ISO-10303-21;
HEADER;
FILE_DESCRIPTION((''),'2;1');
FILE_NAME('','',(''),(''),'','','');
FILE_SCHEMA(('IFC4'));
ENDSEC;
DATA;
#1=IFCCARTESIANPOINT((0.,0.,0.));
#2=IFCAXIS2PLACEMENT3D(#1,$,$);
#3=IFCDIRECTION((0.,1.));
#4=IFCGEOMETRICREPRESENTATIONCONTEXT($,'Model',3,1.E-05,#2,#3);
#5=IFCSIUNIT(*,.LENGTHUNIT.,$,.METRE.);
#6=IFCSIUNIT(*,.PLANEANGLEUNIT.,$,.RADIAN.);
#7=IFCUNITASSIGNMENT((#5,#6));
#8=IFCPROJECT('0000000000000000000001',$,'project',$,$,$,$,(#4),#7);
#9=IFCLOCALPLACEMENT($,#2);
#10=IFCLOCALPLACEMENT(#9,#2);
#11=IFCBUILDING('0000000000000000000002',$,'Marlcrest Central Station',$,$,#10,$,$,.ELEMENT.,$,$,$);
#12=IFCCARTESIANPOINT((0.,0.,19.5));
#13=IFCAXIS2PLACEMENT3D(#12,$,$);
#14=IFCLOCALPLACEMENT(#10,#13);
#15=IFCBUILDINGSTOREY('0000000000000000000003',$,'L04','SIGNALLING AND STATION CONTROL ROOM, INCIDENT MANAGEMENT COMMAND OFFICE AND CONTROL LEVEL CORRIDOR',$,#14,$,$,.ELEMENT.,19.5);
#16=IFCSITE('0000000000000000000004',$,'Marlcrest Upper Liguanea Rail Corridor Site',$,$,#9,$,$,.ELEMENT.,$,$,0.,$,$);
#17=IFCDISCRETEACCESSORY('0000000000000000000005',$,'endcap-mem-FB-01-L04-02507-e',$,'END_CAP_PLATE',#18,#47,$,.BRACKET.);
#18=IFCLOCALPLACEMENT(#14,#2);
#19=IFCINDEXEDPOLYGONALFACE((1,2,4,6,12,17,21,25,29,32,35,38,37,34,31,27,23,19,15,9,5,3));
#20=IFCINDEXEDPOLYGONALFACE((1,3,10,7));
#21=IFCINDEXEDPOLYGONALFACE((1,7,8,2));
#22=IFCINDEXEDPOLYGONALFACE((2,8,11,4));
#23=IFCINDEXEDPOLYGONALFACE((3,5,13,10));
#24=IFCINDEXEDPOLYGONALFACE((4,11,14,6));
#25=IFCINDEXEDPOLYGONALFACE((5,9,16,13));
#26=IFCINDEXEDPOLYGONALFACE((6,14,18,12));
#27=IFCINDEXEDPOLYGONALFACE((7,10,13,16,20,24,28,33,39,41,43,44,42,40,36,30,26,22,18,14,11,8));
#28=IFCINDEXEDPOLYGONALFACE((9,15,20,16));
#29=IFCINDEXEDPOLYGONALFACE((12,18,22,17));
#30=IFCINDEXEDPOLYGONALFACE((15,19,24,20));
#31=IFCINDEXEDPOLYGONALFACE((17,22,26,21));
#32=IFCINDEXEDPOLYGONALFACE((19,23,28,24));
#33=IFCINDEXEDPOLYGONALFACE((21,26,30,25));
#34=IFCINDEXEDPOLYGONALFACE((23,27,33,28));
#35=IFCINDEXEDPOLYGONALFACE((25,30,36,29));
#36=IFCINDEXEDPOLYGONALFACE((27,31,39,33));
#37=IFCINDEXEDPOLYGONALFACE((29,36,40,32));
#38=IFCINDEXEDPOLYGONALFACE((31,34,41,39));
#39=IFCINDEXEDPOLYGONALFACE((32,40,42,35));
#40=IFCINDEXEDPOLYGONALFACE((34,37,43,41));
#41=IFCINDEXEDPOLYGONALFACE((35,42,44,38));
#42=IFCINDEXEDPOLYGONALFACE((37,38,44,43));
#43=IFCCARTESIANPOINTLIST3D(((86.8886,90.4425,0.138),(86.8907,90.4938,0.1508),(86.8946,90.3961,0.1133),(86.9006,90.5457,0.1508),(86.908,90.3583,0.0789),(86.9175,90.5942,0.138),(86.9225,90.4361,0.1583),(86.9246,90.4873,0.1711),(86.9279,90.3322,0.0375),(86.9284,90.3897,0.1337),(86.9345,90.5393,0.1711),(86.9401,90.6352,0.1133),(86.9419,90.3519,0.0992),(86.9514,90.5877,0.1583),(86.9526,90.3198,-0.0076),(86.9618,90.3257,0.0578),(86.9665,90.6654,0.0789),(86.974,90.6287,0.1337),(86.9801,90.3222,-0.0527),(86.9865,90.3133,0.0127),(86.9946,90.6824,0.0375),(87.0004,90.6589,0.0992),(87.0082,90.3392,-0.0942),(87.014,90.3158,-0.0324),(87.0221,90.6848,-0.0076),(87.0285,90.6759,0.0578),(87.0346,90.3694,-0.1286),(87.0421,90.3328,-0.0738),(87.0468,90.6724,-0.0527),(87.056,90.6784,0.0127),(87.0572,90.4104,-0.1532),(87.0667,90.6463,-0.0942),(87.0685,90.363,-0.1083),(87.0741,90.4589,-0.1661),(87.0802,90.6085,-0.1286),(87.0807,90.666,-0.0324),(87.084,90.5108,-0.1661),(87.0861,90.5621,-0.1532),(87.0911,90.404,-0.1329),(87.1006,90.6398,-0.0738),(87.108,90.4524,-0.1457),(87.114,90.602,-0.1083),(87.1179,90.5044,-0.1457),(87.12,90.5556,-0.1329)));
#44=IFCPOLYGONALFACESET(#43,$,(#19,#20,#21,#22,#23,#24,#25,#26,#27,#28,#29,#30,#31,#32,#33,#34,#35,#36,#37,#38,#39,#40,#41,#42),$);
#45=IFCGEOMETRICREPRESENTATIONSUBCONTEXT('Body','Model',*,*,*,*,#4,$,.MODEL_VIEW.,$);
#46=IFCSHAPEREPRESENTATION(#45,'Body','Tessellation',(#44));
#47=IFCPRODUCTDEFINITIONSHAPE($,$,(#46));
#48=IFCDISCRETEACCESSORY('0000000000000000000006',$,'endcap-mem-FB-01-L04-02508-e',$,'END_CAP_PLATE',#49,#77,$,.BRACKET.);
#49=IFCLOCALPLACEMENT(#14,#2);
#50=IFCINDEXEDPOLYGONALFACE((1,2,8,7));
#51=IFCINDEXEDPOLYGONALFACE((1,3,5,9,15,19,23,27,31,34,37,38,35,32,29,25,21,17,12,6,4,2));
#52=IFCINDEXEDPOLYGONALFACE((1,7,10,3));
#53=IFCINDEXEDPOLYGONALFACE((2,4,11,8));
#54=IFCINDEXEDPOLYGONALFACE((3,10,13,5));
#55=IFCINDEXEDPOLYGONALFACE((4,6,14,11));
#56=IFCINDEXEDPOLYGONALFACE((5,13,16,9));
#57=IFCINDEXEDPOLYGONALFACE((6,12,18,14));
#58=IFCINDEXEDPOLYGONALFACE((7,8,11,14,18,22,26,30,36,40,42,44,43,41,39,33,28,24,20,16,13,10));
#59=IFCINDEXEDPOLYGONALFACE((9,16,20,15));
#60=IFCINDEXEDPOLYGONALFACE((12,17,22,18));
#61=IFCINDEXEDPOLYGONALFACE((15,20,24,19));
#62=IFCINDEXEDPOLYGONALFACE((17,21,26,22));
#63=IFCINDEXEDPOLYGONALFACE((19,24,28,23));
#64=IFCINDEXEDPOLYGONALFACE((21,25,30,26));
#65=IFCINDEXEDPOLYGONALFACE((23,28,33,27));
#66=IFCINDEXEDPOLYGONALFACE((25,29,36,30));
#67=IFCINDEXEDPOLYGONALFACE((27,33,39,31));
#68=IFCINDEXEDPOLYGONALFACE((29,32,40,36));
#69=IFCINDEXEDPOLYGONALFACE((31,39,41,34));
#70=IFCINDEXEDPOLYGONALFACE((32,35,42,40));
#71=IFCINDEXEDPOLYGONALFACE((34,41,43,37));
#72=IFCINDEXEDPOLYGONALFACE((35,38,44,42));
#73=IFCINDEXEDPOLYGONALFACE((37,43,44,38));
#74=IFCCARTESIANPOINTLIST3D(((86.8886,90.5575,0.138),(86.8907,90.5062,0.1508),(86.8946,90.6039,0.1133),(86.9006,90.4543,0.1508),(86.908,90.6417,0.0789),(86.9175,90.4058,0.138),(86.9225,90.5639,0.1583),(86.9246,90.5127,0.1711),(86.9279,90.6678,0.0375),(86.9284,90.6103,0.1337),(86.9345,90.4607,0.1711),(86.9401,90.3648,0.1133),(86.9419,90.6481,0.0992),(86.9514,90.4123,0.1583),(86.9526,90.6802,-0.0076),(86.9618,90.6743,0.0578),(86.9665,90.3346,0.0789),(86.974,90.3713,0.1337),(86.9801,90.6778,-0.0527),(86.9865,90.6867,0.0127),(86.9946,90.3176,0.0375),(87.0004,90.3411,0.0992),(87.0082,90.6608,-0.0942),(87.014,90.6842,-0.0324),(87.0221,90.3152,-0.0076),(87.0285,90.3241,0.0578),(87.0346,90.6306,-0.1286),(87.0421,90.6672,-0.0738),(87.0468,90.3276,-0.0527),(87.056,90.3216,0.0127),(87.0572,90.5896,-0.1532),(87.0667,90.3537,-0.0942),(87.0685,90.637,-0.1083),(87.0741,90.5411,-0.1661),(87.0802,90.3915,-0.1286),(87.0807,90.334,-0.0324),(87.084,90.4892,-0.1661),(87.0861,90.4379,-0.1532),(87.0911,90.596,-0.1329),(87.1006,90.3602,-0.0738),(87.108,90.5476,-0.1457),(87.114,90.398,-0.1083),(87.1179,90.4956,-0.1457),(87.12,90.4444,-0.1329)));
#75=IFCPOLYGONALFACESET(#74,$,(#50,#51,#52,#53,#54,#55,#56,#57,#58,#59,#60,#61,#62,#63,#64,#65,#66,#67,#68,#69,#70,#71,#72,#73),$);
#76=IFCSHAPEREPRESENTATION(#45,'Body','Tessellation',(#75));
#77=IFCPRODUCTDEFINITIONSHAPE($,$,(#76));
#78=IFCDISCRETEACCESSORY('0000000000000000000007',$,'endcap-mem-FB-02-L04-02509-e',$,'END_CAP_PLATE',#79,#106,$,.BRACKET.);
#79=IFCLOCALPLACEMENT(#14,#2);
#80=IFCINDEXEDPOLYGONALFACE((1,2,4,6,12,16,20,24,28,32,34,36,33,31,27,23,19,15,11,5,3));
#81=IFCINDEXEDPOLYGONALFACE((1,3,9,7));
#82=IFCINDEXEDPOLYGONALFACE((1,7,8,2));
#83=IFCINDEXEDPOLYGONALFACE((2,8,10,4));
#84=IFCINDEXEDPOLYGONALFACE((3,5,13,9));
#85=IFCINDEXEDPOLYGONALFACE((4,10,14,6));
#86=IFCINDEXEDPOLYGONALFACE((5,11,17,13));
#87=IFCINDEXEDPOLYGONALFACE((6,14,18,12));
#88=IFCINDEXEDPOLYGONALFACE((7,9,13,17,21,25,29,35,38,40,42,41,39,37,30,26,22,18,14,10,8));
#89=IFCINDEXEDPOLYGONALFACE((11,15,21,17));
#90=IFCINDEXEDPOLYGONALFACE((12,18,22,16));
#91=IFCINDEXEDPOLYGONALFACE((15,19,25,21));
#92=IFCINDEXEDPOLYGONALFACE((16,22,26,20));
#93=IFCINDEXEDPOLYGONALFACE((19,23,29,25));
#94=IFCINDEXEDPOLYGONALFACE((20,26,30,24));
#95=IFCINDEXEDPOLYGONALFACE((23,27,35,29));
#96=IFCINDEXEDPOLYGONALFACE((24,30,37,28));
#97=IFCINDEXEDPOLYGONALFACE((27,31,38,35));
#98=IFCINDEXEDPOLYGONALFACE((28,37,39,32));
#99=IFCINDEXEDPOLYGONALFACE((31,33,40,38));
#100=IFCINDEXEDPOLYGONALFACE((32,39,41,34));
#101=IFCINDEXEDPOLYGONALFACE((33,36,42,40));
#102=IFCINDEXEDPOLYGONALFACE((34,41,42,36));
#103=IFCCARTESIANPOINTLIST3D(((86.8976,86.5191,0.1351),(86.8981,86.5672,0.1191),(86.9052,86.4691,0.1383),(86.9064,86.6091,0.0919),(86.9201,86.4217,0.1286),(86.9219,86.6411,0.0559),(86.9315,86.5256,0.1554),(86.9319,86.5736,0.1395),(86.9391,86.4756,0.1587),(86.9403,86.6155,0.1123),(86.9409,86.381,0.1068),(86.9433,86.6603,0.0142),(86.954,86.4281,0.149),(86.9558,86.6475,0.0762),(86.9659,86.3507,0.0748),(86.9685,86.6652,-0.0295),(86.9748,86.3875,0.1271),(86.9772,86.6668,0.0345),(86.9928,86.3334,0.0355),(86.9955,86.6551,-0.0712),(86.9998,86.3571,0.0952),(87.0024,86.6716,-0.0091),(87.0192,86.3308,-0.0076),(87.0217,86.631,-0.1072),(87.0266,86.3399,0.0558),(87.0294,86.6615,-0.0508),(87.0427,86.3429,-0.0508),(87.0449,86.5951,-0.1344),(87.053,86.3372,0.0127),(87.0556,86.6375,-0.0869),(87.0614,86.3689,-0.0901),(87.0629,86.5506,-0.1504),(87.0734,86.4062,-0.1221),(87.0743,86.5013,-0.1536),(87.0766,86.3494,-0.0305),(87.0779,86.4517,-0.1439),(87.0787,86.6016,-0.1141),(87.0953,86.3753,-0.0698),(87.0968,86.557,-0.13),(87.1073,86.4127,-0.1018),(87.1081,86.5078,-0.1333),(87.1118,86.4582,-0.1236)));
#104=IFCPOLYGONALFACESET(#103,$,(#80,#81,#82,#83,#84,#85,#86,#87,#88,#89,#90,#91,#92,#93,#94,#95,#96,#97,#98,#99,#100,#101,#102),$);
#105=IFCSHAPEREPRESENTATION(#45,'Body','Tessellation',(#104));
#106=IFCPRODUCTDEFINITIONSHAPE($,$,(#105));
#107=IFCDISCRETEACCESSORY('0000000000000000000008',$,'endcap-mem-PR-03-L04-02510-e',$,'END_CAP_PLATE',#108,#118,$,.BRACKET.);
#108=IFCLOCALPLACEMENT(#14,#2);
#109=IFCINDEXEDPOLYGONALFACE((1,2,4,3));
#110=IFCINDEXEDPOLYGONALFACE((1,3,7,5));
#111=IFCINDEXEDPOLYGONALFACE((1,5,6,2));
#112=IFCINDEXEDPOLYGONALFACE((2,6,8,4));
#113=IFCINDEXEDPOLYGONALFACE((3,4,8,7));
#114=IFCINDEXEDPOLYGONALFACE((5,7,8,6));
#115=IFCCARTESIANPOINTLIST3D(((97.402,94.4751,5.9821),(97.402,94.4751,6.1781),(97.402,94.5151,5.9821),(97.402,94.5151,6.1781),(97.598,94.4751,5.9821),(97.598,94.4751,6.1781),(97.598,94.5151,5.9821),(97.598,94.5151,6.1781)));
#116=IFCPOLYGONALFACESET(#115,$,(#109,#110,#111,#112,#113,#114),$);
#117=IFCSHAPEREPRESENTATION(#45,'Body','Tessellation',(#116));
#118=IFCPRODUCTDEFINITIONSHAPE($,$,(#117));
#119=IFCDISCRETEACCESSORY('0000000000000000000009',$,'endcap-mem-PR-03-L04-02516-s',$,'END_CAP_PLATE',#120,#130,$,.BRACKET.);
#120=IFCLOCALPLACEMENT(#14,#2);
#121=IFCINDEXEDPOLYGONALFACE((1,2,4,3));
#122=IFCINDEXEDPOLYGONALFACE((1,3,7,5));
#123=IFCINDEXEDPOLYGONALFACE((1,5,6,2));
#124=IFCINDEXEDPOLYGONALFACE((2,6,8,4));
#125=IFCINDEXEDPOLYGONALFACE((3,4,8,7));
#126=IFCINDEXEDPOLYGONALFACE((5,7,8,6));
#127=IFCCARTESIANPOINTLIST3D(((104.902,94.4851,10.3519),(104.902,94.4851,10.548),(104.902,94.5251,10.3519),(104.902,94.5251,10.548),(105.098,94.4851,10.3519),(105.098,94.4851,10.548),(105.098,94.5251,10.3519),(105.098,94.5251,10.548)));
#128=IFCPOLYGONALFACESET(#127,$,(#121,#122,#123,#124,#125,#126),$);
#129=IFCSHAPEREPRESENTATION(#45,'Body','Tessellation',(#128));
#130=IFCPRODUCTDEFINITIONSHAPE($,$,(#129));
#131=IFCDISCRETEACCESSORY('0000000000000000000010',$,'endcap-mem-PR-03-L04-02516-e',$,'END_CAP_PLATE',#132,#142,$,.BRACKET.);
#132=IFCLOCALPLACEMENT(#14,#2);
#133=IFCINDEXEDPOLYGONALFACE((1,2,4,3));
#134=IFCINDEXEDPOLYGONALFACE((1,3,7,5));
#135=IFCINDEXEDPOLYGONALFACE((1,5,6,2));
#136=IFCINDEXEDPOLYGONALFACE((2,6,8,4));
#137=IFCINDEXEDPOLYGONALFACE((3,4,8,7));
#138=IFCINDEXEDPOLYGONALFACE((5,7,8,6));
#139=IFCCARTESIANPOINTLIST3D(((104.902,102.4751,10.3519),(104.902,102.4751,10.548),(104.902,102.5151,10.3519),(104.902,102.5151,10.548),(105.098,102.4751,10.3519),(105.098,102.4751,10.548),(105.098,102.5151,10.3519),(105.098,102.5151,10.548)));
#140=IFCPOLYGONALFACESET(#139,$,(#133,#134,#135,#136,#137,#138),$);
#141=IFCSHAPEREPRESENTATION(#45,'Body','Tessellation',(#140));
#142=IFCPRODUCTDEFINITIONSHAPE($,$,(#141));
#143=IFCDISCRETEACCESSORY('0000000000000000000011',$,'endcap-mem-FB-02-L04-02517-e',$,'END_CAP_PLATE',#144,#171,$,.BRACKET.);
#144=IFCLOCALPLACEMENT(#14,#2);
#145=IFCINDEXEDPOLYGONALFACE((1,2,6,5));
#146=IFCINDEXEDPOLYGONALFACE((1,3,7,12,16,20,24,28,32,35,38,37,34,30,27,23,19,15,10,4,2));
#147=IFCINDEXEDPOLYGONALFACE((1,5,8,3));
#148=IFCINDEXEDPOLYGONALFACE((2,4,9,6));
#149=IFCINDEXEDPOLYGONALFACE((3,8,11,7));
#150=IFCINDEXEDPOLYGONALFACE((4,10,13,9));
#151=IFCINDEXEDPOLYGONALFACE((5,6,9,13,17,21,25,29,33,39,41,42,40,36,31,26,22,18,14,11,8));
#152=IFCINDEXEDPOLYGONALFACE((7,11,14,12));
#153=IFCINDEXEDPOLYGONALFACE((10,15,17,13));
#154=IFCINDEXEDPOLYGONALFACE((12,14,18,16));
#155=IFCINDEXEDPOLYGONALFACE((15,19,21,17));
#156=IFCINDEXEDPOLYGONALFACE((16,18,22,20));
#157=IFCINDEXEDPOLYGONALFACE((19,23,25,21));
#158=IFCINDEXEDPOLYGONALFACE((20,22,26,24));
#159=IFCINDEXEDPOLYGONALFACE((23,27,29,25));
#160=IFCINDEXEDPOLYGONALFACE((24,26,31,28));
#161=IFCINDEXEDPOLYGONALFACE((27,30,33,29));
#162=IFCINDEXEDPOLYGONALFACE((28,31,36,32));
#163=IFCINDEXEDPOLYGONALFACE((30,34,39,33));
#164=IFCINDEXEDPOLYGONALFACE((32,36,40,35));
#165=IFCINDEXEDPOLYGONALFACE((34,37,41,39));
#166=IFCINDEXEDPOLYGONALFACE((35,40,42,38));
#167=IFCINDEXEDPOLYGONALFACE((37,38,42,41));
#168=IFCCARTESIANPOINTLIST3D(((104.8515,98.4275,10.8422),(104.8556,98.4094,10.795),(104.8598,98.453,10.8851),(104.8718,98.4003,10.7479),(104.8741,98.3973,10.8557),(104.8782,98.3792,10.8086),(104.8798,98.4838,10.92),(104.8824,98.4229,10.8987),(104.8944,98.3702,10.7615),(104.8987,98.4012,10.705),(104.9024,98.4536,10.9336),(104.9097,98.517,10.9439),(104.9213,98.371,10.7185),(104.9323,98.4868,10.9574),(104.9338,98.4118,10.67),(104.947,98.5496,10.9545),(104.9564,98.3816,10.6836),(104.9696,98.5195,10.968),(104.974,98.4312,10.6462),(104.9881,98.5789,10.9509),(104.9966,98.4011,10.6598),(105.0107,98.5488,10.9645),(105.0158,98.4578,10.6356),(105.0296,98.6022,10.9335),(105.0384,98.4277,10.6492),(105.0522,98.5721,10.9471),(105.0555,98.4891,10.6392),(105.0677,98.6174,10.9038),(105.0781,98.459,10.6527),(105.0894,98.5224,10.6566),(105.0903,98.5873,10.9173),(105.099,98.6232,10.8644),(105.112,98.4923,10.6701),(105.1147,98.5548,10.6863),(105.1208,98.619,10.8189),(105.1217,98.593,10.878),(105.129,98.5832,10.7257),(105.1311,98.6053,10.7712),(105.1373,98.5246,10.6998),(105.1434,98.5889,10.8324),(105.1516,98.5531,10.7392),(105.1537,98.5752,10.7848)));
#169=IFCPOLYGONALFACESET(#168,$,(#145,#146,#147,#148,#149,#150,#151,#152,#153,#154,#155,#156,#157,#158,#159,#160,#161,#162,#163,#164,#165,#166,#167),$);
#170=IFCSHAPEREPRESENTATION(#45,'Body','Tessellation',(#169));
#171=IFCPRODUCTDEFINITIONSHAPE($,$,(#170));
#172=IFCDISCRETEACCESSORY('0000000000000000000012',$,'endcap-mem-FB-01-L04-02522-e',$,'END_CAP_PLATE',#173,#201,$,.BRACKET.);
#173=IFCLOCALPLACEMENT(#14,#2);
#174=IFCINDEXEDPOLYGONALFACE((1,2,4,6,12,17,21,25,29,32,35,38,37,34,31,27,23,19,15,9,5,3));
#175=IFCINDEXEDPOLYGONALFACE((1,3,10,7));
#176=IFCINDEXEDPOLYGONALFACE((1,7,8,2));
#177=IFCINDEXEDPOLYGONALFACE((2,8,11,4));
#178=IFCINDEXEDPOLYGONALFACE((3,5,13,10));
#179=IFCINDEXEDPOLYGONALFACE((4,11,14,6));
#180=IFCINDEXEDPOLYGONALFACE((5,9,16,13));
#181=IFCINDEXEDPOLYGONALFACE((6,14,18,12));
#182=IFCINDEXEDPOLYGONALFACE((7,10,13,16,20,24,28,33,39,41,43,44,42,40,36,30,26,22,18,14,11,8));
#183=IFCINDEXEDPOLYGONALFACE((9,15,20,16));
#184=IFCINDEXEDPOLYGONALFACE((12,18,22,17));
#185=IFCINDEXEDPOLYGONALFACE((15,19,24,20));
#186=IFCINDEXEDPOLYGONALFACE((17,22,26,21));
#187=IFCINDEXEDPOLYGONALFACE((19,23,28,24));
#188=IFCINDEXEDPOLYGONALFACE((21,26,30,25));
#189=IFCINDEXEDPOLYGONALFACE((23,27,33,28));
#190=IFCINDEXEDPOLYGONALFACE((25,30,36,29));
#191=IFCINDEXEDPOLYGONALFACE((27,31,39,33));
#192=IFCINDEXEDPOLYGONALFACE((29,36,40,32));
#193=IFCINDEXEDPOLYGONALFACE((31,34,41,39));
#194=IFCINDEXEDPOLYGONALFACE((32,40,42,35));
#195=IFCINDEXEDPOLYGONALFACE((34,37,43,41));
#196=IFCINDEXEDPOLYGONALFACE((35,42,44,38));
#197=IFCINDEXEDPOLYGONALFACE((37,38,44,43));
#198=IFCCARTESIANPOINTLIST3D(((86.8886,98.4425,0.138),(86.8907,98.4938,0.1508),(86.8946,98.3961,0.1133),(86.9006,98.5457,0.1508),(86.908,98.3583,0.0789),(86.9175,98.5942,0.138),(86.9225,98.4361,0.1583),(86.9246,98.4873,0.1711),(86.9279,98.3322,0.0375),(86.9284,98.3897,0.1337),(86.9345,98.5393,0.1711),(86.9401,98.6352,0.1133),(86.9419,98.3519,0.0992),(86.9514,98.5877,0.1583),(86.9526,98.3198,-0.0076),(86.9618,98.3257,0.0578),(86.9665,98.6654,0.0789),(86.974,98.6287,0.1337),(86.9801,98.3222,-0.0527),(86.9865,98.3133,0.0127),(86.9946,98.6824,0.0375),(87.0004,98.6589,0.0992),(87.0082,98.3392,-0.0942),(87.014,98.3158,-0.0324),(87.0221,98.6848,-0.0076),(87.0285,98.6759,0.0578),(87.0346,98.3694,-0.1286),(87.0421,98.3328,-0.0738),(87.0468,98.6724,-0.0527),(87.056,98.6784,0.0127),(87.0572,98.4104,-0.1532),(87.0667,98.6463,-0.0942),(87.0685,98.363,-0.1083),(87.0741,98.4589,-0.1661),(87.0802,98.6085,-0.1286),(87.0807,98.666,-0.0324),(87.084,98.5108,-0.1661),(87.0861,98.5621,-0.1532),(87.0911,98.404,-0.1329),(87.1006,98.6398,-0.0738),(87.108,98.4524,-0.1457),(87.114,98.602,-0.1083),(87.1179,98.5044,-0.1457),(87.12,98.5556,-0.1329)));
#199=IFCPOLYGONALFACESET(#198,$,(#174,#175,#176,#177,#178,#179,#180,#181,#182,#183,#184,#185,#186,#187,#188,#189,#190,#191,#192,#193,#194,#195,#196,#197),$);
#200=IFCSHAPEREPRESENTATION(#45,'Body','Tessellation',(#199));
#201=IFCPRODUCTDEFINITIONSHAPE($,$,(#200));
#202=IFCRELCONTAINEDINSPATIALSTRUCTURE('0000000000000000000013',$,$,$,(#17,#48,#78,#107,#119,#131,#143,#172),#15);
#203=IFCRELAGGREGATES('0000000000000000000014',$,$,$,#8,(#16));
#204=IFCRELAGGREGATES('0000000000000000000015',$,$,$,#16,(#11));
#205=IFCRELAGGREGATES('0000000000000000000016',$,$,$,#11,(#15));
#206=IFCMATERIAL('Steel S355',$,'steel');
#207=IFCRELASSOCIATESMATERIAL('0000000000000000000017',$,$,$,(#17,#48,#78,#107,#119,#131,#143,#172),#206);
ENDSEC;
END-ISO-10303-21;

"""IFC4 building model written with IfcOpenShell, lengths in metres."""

from ifc_helpers import new_model, si_unit, direction, frame, origin, origin_2d, place, context, subcontext, project, spatial, rectangle, circle, extrude, material, element, save


model = new_model("IFC4")

# Units and contexts
model_context = context("Model", 3, precision=1e-05, world=origin(), true_north=direction((0.0, 1.0)))
body_context = subcontext(model_context, "Body", "Model", "MODEL_VIEW")
ifc_project = project(units=[si_unit("LENGTHUNIT", "METRE"), si_unit("PLANEANGLEUNIT", "RADIAN")], contexts=[model_context])

# Site, building, storey
site_placement = place(None, origin())
site = spatial("IfcSite", under=ifc_project, at=site_placement, Name="Marlcrest Upper Liguanea Rail Corridor Site", CompositionType="ELEMENT", RefElevation=0.0)
building_placement = place(site_placement, origin())
building = spatial("IfcBuilding", under=site, at=building_placement, Name="Marlcrest Central Station", CompositionType="ELEMENT")
storey_placement = place(building_placement, frame((0.0, 0.0, 19.5)))
storey = spatial("IfcBuildingStorey", under=building, at=storey_placement, Name="L04", Description="SIGNALLING AND STATION CONTROL ROOM, INCIDENT MANAGEMENT COMMAND OFFICE AND CONTROL LEVEL CORRIDOR", CompositionType="ELEMENT", Elevation=19.5)

# Shared definitions
ifc_material_1 = material(Name="Steel S355", Category="steel")

# Discrete accessories
for number, where, z_axis, x_axis, name in (
    (1, (87.0212, 90.4958, 0.0127), (-0.846277, 0.161196, -0.50777), (-0.187112, -0.982339, 0.0), "endcap-mem-FB-01-L04-02507-e"),
    (2, (87.0212, 90.5042, 0.0127), (-0.846277, -0.161196, -0.50777), (0.187112, -0.982339, 0.0), "endcap-mem-FB-01-L04-02508-e"),
):
    element("IfcDiscreteAccessory", number, at=place(storey_placement, frame(where, z_axis=z_axis, x_axis=x_axis)), inside=storey, material=ifc_material_1, Name=name, ObjectType="END_CAP_PLATE", PredefinedType="BRACKET", context=body_context, shape_type="SweptSolid", body=[
        extrude(circle(Radius=0.1858, at=origin_2d()), origin(), (0.0, 0.0, 1.0), 0.04),
    ])
discrete_accessory_1_placement = place(storey_placement, frame((87.0212, 86.5042, 0.0127), z_axis=(-0.846277, -0.161196, -0.50777), x_axis=(0.187112, -0.982339, 0.0)))
element("IfcDiscreteAccessory", 3, at=discrete_accessory_1_placement, inside=storey, material=ifc_material_1, Name="endcap-mem-FB-02-L04-02509-e", ObjectType="END_CAP_PLATE", PredefinedType="BRACKET", context=body_context, shape_type="SweptSolid", body=[
    extrude(circle(Radius=0.1699, at=origin_2d()), origin(), (0.0, 0.0, 1.0), 0.04),
])
for number, where, z_axis, x_axis, name in (
    (4, (97.5, 94.4751, 6.0801), (0.0, 1.0, 0.0), (-1.0, 0.0, 0.0), "endcap-mem-PR-03-L04-02510-e"),
    (5, (105.0, 94.4851, 10.45), (0.0, 1.0, 0.0), (-1.0, 0.0, 0.0), "endcap-mem-PR-03-L04-02516-s"),
    (6, (105.0, 102.4751, 10.45), (0.0, 1.0, 0.0), (-1.0, 0.0, 0.0), "endcap-mem-PR-03-L04-02516-e"),
):
    element("IfcDiscreteAccessory", number, at=place(storey_placement, frame(where, z_axis=z_axis, x_axis=x_axis)), inside=storey, material=ifc_material_1, Name=name, ObjectType="END_CAP_PLATE", PredefinedType="BRACKET", context=body_context, shape_type="SweptSolid", body=[
        extrude(rectangle(XDim=0.196, YDim=0.196, at=origin_2d()), origin(), (0.0, 0.0, 1.0), 0.04),
    ])
discrete_accessory_2_placement = place(storey_placement, frame((105.0142, 98.4812, 10.8086), z_axis=(-0.564531, 0.752708, -0.338728), x_axis=(-0.8, -0.6, 0.0)))
element("IfcDiscreteAccessory", 7, at=discrete_accessory_2_placement, inside=storey, material=ifc_material_1, Name="endcap-mem-FB-02-L04-02517-e", ObjectType="END_CAP_PLATE", PredefinedType="BRACKET", context=body_context, shape_type="SweptSolid", body=[
    extrude(circle(Radius=0.1699, at=origin_2d()), origin(), (0.0, 0.0, 1.0), 0.04),
])
for number, where, z_axis, x_axis, name in (
    (8, (87.0212, 98.4958, 0.0127), (-0.846277, 0.161196, -0.50777), (-0.187112, -0.982339, 0.0), "endcap-mem-FB-01-L04-02522-e"),
):
    element("IfcDiscreteAccessory", number, at=place(storey_placement, frame(where, z_axis=z_axis, x_axis=x_axis)), inside=storey, material=ifc_material_1, Name=name, ObjectType="END_CAP_PLATE", PredefinedType="BRACKET", context=body_context, shape_type="SweptSolid", body=[
        extrude(circle(Radius=0.1858, at=origin_2d()), origin(), (0.0, 0.0, 1.0), 0.04),
    ])

save(model, "model.ifc")
